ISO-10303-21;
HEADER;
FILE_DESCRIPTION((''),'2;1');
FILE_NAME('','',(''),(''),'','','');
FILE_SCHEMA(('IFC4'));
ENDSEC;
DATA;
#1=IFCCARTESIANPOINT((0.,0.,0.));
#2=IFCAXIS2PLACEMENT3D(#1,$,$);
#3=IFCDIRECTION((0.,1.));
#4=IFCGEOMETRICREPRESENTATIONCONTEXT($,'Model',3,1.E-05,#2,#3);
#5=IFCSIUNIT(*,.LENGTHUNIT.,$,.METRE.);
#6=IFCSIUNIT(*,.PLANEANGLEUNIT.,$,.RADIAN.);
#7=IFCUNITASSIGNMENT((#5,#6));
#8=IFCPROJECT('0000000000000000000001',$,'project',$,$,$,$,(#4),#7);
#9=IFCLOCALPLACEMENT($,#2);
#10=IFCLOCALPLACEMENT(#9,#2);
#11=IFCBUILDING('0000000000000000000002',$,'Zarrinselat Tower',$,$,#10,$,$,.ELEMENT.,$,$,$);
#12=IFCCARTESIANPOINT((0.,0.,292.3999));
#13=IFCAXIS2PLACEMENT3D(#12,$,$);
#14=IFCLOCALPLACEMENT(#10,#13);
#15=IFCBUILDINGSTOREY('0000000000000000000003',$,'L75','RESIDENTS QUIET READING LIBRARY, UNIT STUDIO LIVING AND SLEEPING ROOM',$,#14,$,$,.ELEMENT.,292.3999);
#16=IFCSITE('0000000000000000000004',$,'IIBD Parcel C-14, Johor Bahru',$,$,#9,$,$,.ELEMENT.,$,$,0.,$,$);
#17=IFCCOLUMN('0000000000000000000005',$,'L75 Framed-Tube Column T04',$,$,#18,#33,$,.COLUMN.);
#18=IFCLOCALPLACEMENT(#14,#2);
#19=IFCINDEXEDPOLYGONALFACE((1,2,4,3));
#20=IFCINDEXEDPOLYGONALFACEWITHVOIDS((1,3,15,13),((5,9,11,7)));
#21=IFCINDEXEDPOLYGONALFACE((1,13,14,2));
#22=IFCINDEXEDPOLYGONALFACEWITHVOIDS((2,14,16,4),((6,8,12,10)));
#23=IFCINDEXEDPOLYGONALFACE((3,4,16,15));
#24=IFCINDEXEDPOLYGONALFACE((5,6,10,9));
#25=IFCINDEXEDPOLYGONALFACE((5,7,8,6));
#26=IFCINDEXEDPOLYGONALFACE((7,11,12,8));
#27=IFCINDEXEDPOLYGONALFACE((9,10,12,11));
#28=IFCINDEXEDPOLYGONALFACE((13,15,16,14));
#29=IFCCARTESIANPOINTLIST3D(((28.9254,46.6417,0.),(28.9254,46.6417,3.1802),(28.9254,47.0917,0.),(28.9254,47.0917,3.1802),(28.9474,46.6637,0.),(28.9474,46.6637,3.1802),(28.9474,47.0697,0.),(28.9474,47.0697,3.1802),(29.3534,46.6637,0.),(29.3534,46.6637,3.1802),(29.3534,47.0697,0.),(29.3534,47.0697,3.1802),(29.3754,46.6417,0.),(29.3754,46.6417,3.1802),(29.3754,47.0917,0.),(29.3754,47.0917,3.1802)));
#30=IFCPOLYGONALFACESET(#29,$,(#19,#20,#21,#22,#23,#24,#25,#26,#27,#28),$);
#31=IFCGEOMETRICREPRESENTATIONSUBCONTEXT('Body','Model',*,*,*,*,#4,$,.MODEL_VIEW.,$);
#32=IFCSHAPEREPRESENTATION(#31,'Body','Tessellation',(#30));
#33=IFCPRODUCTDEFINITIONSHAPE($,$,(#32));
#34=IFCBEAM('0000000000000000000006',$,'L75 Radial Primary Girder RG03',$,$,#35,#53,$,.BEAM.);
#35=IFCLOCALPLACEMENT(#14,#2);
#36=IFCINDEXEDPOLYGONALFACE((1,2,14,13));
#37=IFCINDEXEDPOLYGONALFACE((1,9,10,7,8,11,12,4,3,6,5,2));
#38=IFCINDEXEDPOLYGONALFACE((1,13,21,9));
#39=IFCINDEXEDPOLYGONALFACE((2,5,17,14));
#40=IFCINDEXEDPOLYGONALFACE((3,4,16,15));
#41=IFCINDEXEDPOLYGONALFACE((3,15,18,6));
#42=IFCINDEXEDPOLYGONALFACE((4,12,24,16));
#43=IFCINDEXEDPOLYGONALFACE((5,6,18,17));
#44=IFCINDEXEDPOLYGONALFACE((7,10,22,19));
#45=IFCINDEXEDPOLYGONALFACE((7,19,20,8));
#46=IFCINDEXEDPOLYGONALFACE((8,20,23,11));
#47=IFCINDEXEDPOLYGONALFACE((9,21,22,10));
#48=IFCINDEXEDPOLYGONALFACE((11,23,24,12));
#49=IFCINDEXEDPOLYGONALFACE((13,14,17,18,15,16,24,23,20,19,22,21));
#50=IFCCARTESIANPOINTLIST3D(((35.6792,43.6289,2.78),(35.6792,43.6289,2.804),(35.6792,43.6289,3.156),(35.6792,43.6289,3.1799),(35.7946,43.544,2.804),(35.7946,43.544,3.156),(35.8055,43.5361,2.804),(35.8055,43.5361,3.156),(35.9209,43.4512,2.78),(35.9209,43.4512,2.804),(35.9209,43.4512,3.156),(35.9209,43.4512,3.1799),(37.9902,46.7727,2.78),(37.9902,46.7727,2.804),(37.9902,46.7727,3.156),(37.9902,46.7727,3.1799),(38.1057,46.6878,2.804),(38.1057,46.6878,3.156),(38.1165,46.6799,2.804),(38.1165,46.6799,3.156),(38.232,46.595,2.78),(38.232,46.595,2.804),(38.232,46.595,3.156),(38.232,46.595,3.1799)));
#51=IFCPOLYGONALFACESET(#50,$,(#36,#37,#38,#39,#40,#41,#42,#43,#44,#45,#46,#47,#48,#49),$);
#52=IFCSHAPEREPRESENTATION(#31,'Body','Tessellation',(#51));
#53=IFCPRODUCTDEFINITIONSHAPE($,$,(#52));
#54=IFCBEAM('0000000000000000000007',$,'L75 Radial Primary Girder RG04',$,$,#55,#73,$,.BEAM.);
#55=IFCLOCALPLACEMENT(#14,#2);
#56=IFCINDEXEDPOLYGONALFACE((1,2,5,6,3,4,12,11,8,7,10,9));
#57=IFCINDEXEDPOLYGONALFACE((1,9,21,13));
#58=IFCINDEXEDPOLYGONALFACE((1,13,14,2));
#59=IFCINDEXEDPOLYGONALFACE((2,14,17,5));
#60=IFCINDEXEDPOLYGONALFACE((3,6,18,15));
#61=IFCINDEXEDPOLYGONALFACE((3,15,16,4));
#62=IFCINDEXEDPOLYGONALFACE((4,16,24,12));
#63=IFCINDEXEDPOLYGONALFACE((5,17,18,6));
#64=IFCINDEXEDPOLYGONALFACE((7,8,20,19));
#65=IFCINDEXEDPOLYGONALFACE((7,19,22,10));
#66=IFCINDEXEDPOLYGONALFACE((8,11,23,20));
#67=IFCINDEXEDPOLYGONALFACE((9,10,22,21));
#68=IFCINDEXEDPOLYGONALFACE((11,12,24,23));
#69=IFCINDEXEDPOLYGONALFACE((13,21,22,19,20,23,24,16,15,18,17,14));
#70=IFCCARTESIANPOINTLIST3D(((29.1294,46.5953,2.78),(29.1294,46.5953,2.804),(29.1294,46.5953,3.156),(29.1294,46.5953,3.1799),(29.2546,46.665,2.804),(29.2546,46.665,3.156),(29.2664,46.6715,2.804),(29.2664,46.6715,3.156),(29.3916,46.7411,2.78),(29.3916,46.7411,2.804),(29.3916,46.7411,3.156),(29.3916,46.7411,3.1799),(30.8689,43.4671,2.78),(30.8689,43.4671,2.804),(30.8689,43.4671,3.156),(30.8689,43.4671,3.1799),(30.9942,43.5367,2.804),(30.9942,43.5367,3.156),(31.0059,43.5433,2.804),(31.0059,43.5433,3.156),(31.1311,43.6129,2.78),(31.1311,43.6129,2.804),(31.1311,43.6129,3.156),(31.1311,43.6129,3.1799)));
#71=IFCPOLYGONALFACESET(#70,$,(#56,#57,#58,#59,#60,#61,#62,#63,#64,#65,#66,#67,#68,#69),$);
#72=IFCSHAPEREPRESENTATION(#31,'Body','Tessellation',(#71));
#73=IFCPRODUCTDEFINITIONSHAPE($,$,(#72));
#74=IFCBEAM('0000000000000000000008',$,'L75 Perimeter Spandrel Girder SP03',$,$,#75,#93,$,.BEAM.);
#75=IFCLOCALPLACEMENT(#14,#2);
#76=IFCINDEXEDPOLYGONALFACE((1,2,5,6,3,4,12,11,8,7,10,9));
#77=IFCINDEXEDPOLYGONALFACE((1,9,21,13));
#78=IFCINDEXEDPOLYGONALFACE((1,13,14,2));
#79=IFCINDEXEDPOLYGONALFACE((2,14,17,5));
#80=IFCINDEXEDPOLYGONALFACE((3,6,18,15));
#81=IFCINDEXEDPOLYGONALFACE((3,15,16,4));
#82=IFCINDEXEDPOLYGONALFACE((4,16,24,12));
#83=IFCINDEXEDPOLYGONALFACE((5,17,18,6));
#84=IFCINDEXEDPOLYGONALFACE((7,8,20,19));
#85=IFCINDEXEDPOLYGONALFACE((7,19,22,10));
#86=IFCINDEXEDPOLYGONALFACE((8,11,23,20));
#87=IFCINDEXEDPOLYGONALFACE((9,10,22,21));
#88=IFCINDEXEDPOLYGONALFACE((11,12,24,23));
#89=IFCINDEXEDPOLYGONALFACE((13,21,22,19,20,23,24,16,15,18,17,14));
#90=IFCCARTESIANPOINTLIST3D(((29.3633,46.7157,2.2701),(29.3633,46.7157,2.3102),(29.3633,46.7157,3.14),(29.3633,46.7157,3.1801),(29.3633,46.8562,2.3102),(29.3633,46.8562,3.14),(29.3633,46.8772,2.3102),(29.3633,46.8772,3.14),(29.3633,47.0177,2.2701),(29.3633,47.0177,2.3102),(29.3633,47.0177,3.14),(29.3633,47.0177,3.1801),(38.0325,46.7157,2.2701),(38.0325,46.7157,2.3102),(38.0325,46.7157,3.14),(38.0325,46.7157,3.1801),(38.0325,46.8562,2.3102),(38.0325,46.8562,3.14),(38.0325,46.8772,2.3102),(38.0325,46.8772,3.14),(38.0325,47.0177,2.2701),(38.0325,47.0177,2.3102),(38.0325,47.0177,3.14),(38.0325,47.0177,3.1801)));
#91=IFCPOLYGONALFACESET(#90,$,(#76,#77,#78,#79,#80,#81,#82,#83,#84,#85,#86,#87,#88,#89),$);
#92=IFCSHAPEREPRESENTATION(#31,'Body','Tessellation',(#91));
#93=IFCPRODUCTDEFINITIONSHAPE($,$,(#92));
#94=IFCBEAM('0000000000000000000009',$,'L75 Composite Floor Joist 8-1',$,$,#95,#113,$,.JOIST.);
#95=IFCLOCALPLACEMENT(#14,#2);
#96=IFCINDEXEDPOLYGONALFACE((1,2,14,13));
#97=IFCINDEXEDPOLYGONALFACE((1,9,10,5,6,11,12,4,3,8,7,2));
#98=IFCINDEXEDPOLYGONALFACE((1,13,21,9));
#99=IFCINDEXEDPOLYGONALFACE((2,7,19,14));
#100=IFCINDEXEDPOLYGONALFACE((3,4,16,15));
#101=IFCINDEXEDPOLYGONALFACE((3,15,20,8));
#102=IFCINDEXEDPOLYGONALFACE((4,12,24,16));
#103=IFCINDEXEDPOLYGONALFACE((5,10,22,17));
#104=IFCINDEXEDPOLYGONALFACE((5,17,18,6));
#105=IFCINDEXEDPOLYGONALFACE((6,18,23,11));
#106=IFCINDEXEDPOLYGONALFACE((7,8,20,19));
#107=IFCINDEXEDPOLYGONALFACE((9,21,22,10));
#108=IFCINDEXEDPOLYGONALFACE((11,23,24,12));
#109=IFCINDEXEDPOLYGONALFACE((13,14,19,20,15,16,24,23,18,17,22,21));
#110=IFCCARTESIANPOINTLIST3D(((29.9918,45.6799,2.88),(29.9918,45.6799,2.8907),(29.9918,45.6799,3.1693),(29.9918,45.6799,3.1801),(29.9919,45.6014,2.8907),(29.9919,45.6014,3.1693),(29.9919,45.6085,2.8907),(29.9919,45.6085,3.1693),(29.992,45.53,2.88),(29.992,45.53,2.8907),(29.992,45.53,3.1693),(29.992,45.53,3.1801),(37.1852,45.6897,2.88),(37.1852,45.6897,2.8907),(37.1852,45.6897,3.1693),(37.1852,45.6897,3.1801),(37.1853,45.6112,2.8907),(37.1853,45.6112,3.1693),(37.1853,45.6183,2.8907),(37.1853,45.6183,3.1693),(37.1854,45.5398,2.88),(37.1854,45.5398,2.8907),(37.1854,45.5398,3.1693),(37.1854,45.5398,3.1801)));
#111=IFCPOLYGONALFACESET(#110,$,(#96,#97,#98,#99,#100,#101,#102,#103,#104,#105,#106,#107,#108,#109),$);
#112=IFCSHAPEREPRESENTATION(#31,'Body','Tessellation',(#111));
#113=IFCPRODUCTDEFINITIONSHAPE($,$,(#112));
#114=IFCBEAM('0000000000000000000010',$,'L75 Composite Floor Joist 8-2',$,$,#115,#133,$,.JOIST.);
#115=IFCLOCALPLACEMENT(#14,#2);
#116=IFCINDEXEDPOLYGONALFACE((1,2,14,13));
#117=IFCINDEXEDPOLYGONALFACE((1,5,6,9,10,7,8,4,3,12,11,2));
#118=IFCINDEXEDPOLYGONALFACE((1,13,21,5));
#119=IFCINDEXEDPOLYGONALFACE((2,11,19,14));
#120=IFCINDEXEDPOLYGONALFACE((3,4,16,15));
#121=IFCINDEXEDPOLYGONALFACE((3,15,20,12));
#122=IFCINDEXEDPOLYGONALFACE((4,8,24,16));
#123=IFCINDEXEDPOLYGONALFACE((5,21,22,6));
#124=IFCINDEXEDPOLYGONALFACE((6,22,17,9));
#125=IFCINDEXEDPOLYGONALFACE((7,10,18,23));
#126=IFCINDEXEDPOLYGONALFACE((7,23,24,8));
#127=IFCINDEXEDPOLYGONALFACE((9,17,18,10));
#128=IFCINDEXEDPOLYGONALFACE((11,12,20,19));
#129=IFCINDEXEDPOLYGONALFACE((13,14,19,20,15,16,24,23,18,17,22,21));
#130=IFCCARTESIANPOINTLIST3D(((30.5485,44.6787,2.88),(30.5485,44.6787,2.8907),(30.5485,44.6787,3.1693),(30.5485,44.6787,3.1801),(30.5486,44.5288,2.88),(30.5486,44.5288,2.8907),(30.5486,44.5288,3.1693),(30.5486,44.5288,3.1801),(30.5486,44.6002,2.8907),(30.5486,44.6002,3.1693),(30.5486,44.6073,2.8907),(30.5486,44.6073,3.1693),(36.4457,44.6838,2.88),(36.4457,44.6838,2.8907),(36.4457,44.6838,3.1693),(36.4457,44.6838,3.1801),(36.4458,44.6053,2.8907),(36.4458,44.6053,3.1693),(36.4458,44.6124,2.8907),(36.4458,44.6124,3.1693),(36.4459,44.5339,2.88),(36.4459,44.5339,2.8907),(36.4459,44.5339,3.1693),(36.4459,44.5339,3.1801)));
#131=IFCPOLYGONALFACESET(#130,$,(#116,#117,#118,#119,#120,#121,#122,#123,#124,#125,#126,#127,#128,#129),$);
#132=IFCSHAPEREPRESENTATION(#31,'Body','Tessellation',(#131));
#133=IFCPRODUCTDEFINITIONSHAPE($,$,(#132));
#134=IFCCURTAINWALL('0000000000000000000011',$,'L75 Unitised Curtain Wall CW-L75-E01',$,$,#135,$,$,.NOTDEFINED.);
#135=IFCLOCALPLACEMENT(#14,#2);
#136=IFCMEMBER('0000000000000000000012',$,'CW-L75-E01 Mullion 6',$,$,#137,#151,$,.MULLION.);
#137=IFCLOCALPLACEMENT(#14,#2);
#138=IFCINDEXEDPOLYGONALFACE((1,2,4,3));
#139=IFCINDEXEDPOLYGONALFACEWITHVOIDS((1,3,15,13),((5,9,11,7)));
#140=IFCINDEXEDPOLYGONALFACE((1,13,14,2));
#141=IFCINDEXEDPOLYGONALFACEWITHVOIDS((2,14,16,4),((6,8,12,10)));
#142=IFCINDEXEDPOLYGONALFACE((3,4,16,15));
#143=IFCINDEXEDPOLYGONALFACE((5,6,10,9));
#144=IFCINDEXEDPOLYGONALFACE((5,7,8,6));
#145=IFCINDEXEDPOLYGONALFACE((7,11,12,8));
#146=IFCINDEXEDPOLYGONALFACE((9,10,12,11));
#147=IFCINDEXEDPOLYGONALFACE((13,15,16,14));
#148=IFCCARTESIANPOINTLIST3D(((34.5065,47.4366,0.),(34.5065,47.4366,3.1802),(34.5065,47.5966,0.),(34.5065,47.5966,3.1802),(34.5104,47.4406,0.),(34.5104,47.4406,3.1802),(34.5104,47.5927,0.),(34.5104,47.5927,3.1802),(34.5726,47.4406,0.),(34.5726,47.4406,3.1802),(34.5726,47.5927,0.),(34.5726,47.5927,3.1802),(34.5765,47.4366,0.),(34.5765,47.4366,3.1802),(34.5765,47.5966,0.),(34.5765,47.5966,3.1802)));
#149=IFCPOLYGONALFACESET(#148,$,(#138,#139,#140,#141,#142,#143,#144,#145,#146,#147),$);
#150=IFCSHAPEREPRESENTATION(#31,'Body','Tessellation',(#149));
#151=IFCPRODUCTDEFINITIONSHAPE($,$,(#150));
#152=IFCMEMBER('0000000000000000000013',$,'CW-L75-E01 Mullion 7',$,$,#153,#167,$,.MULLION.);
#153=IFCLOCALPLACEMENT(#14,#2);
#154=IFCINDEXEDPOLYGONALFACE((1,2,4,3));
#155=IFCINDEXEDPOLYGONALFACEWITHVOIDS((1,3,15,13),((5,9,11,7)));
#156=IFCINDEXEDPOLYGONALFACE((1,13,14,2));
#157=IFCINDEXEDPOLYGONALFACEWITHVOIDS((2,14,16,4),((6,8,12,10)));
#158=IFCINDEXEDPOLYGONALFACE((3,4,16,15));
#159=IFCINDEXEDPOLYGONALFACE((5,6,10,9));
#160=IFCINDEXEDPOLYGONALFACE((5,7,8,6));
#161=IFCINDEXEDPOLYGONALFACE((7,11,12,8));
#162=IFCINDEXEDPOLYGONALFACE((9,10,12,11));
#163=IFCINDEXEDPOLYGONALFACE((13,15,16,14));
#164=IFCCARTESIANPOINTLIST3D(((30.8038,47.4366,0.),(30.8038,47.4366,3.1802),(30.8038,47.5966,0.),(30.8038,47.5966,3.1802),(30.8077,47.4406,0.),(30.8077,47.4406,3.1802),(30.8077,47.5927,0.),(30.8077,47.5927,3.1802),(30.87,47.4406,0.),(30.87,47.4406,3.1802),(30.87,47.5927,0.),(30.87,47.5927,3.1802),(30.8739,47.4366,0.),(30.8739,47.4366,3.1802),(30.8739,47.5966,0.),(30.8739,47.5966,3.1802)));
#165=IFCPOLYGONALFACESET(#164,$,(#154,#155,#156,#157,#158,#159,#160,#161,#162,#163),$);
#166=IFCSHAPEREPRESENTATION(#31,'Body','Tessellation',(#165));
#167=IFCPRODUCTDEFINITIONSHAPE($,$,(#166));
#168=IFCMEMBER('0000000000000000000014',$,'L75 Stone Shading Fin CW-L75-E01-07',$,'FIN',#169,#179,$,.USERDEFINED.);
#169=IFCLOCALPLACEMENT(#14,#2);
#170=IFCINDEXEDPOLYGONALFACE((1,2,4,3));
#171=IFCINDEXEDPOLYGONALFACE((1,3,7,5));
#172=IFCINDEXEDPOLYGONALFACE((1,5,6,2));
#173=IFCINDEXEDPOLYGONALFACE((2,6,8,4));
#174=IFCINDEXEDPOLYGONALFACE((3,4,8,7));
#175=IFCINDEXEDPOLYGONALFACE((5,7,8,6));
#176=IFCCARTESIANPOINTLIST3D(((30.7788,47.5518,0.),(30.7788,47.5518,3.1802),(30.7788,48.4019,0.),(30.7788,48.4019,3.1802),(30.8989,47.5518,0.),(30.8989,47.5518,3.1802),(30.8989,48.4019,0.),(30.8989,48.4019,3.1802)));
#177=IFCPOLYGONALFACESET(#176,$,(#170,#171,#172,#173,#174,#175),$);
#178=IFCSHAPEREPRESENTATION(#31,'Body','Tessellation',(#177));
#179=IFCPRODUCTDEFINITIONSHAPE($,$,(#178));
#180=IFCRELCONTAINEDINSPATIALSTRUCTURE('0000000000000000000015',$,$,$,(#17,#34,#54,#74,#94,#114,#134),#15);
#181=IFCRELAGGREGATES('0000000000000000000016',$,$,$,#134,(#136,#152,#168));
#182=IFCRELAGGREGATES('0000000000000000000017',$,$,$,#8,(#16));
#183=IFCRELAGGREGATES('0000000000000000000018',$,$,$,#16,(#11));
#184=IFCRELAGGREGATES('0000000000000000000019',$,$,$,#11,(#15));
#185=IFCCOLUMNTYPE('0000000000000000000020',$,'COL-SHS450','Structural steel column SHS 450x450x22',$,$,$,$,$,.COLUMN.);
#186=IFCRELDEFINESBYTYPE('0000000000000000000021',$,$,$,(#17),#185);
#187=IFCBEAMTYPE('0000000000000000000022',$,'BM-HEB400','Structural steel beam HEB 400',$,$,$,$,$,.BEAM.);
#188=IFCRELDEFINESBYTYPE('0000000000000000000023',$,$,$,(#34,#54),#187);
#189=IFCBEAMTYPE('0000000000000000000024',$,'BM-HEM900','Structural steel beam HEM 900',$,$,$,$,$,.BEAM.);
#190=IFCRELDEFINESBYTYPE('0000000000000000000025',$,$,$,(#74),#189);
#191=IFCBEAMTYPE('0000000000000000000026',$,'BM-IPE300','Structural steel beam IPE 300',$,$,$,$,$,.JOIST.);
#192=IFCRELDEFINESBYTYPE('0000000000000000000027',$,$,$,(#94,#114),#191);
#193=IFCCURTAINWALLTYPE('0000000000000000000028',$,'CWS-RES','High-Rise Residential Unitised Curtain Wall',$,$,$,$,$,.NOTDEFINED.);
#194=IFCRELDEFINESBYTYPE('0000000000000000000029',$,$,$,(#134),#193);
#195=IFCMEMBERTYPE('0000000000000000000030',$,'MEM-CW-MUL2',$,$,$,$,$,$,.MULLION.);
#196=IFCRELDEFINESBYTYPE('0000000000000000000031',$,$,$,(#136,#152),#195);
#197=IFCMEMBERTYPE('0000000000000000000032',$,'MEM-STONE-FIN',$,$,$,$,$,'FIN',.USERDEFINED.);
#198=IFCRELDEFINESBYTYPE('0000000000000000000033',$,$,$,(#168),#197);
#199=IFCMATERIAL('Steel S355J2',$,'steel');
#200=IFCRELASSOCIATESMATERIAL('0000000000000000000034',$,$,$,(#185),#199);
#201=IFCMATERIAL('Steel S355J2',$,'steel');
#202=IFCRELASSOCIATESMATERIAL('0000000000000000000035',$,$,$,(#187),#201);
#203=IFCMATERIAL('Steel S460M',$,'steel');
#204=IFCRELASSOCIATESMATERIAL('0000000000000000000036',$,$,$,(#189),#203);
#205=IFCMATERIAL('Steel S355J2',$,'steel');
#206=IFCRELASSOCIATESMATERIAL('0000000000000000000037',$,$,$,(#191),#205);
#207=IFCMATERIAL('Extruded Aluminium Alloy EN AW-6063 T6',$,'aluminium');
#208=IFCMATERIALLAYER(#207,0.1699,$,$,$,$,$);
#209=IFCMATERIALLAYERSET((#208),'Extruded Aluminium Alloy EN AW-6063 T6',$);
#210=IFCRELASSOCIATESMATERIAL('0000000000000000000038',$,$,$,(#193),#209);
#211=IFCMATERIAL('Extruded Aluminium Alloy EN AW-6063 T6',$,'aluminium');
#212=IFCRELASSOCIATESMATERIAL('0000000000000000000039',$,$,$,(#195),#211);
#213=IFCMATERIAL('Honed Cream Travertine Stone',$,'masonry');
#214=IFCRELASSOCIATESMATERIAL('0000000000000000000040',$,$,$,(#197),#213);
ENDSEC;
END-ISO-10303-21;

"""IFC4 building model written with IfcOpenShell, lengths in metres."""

from ifc_helpers import new_model, si_unit, direction, frame, origin, origin_2d, place, context, subcontext, project, spatial, rectangle, hollow_rectangle, i_section, extrude, material, layer, layer_set, material_profile, profile_set, type_object, element, aggregate, save


model = new_model("IFC4")

# Units and contexts
model_context = context("Model", 3, precision=1e-05, world=origin(), true_north=direction((0.0, 1.0)))
body_context = subcontext(model_context, "Body", "Model", "MODEL_VIEW")
ifc_project = project(units=[si_unit("LENGTHUNIT", "METRE"), si_unit("PLANEANGLEUNIT", "RADIAN")], contexts=[model_context])

# Site, building, storey
site_placement = place(None, origin())
site = spatial("IfcSite", under=ifc_project, at=site_placement, Name="IIBD Parcel C-14, Johor Bahru", CompositionType="ELEMENT", RefElevation=0.0)
building_placement = place(site_placement, origin())
building = spatial("IfcBuilding", under=site, at=building_placement, Name="Zarrinselat Tower", CompositionType="ELEMENT")
storey_placement = place(building_placement, frame((0.0, 0.0, 292.3999)))
storey = spatial("IfcBuildingStorey", under=building, at=storey_placement, Name="L75", Description="RESIDENTS QUIET READING LIBRARY, UNIT STUDIO LIVING AND SLEEPING ROOM", CompositionType="ELEMENT", Elevation=292.3999)

# Column
ifc_material_1 = material(Name="Steel S355J2", Category="steel")
ifc_material_profile_1 = material_profile(ifc_material_1, hollow_rectangle(XDim=0.45, YDim=0.45, WallThickness=0.022, at=origin_2d()), Name="SHS 450x450x22")
ifc_profile_set_1 = profile_set([ifc_material_profile_1], Name="Steel S355J2")
column_type = type_object("IfcColumnType", Name="COL-SHS450", Description="Structural steel column SHS 450x450x22", PredefinedType="COLUMN", material=ifc_profile_set_1)
column_placement = place(storey_placement, frame((29.1504, 46.8667, 0.0), z_axis=(0.0, 0.0, 1.0), x_axis=(1.0, 0.0, 0.0)))
element("IfcColumn", 1, at=column_placement, inside=storey, type_object=column_type, Name="L75 Framed-Tube Column T04", PredefinedType="COLUMN", context=body_context, shape_type="SweptSolid", body=[
    extrude(hollow_rectangle(XDim=0.45, YDim=0.45, WallThickness=0.022, at=origin_2d()), origin(), (0.0, 0.0, 1.0), 3.1802),
])

# Beams
ifc_material_2 = material(Name="Steel S355J2", Category="steel")
ifc_material_profile_2 = material_profile(ifc_material_2, i_section(OverallWidth=0.3, OverallDepth=0.3999, WebThickness=0.0134, FlangeThickness=0.0239, at=origin_2d()), Name="HEB 400")
ifc_profile_set_2 = profile_set([ifc_material_profile_2], Name="Steel S355J2")
beam_type_1 = type_object("IfcBeamType", Name="BM-HEB400", Description="Structural steel beam HEB 400", PredefinedType="BEAM", material=ifc_profile_set_2)
beam_1_placement = place(storey_placement, frame((35.8, 43.54, 2.98), z_axis=(0.592294, 0.805722, 0.0), x_axis=(-0.805722, 0.592294, 0.0)))
element("IfcBeam", 2, at=beam_1_placement, inside=storey, type_object=beam_type_1, Name="L75 Radial Primary Girder RG03", PredefinedType="BEAM", context=body_context, shape_type="SweptSolid", body=[
    extrude(i_section(OverallWidth=0.3, OverallDepth=0.3999, WebThickness=0.0134, FlangeThickness=0.0239, at=origin_2d()), origin(), (0.0, 0.0, 1.0), 3.9019),
])
beam_2_placement = place(storey_placement, frame((29.2605, 46.6682, 2.98), z_axis=(0.48599, -0.873964, 0.0), x_axis=(0.873964, 0.48599, 0.0)))
element("IfcBeam", 3, at=beam_2_placement, inside=storey, type_object=beam_type_1, Name="L75 Radial Primary Girder RG04", PredefinedType="BEAM", context=body_context, shape_type="SweptSolid", body=[
    extrude(i_section(OverallWidth=0.3, OverallDepth=0.3999, WebThickness=0.0134, FlangeThickness=0.0239, at=origin_2d()), origin(), (0.0, 0.0, 1.0), 3.5793),
])
ifc_material_3 = material(Name="Steel S460M", Category="steel")
ifc_material_profile_3 = material_profile(ifc_material_3, i_section(OverallWidth=0.302, OverallDepth=0.9099, WebThickness=0.021, FlangeThickness=0.04, at=origin_2d()), Name="HEM 900")
ifc_profile_set_3 = profile_set([ifc_material_profile_3], Name="Steel S460M")
beam_type_2 = type_object("IfcBeamType", Name="BM-HEM900", Description="Structural steel beam HEM 900", PredefinedType="BEAM", material=ifc_profile_set_3)
beam_3_placement = place(storey_placement, frame((29.3633, 46.8667, 2.7251), z_axis=(1.0, 0.0, 0.0), x_axis=(0.0, 1.0, 0.0)))
element("IfcBeam", 4, at=beam_3_placement, inside=storey, type_object=beam_type_2, Name="L75 Perimeter Spandrel Girder SP03", PredefinedType="BEAM", context=body_context, shape_type="SweptSolid", body=[
    extrude(i_section(OverallWidth=0.302, OverallDepth=0.9099, WebThickness=0.021, FlangeThickness=0.04, at=origin_2d()), origin(), (0.0, 0.0, 1.0), 8.6692),
])
ifc_material_4 = material(Name="Steel S355J2", Category="steel")
ifc_material_profile_4 = material_profile(ifc_material_4, i_section(OverallWidth=0.1499, OverallDepth=0.3, WebThickness=0.0071, FlangeThickness=0.0107, at=origin_2d()), Name="IPE 300")
ifc_profile_set_4 = profile_set([ifc_material_profile_4], Name="Steel S355J2")
beam_type_3 = type_object("IfcBeamType", Name="BM-IPE300", Description="Structural steel beam IPE 300", PredefinedType="JOIST", material=ifc_profile_set_4)
beam_4_placement = place(storey_placement, frame((29.9919, 45.605, 3.03), z_axis=(0.999999, 0.001358, 0.0), x_axis=(-0.001358, 0.999999, 0.0)))
element("IfcBeam", 5, at=beam_4_placement, inside=storey, type_object=beam_type_3, Name="L75 Composite Floor Joist 8-1", PredefinedType="JOIST", context=body_context, shape_type="SweptSolid", body=[
    extrude(i_section(OverallWidth=0.1499, OverallDepth=0.3, WebThickness=0.0071, FlangeThickness=0.0107, at=origin_2d()), origin(), (0.0, 0.0, 1.0), 7.1934),
])
beam_5_placement = place(storey_placement, frame((30.5486, 44.6038, 3.03), z_axis=(1.0, 0.000869, 0.0), x_axis=(-0.000869, 1.0, 0.0)))
element("IfcBeam", 6, at=beam_5_placement, inside=storey, type_object=beam_type_3, Name="L75 Composite Floor Joist 8-2", PredefinedType="JOIST", context=body_context, shape_type="SweptSolid", body=[
    extrude(i_section(OverallWidth=0.1499, OverallDepth=0.3, WebThickness=0.0071, FlangeThickness=0.0107, at=origin_2d()), origin(), (0.0, 0.0, 1.0), 5.8972),
])

# Curtain wall, members
ifc_material_5 = material(Name="Extruded Aluminium Alloy EN AW-6063 T6", Category="aluminium")
ifc_layer_1 = layer(ifc_material_5, 0.1699)
ifc_layer_set_1 = layer_set([ifc_layer_1], Name="Extruded Aluminium Alloy EN AW-6063 T6")
curtain_wall_type = type_object("IfcCurtainWallType", Name="CWS-RES", Description="High-Rise Residential Unitised Curtain Wall", PredefinedType="NOTDEFINED", material=ifc_layer_set_1)
curtain_wall_placement = place(storey_placement, origin())
curtain_wall = element("IfcCurtainWall", 7, at=curtain_wall_placement, inside=storey, type_object=curtain_wall_type, Name="L75 Unitised Curtain Wall CW-L75-E01", PredefinedType="NOTDEFINED")
ifc_material_6 = material(Name="Extruded Aluminium Alloy EN AW-6063 T6", Category="aluminium")
ifc_material_profile_5 = material_profile(ifc_material_6, hollow_rectangle(XDim=0.0701, YDim=0.1599, WallThickness=0.0039, at=origin_2d()), Name="RHS 160x70x4")
ifc_profile_set_5 = profile_set([ifc_material_profile_5], Name="Extruded Aluminium Alloy EN AW-6063 T6")
member_type_1 = type_object("IfcMemberType", Name="MEM-CW-MUL2", PredefinedType="MULLION", material=ifc_profile_set_5)
member_1_placement = place(storey_placement, frame((34.5415, 47.5166, 0.0), z_axis=(0.0, 0.0, 1.0), x_axis=(-1.0, 0.0, 0.0)))
member_1 = element("IfcMember", 8, at=member_1_placement, type_object=member_type_1, Name="CW-L75-E01 Mullion 6", PredefinedType="MULLION", context=body_context, shape_type="SweptSolid", body=[
    extrude(hollow_rectangle(XDim=0.0701, YDim=0.1599, WallThickness=0.0039, at=origin_2d()), origin(), (0.0, 0.0, 1.0), 3.1802),
])
member_2_placement = place(storey_placement, frame((30.8389, 47.5166, 0.0), z_axis=(0.0, 0.0, 1.0), x_axis=(-1.0, 0.0, 0.0)))
member_2 = element("IfcMember", 9, at=member_2_placement, type_object=member_type_1, Name="CW-L75-E01 Mullion 7", PredefinedType="MULLION", context=body_context, shape_type="SweptSolid", body=[
    extrude(hollow_rectangle(XDim=0.0701, YDim=0.1599, WallThickness=0.0039, at=origin_2d()), origin(), (0.0, 0.0, 1.0), 3.1802),
])
ifc_material_7 = material(Name="Honed Cream Travertine Stone", Category="masonry")
ifc_material_profile_6 = material_profile(ifc_material_7, rectangle(XDim=0.1201, YDim=0.8501, at=origin_2d()), Name="FIN 850x120")
ifc_profile_set_6 = profile_set([ifc_material_profile_6], Name="Honed Cream Travertine Stone")
member_type_2 = type_object("IfcMemberType", Name="MEM-STONE-FIN", ElementType="FIN", PredefinedType="USERDEFINED", material=ifc_profile_set_6)
member_3_placement = place(storey_placement, frame((30.8389, 47.9768, 0.0), z_axis=(0.0, 0.0, 1.0), x_axis=(1.0, 0.0, 0.0)))
member_3 = element("IfcMember", 10, at=member_3_placement, type_object=member_type_2, Name="L75 Stone Shading Fin CW-L75-E01-07", ObjectType="FIN", PredefinedType="USERDEFINED", context=body_context, shape_type="SweptSolid", body=[
    extrude(rectangle(XDim=0.1201, YDim=0.8501, at=origin_2d()), origin(), (0.0, 0.0, 1.0), 3.1802),
])
aggregate(curtain_wall, [member_1, member_2, member_3])

save(model, "model.ifc")
